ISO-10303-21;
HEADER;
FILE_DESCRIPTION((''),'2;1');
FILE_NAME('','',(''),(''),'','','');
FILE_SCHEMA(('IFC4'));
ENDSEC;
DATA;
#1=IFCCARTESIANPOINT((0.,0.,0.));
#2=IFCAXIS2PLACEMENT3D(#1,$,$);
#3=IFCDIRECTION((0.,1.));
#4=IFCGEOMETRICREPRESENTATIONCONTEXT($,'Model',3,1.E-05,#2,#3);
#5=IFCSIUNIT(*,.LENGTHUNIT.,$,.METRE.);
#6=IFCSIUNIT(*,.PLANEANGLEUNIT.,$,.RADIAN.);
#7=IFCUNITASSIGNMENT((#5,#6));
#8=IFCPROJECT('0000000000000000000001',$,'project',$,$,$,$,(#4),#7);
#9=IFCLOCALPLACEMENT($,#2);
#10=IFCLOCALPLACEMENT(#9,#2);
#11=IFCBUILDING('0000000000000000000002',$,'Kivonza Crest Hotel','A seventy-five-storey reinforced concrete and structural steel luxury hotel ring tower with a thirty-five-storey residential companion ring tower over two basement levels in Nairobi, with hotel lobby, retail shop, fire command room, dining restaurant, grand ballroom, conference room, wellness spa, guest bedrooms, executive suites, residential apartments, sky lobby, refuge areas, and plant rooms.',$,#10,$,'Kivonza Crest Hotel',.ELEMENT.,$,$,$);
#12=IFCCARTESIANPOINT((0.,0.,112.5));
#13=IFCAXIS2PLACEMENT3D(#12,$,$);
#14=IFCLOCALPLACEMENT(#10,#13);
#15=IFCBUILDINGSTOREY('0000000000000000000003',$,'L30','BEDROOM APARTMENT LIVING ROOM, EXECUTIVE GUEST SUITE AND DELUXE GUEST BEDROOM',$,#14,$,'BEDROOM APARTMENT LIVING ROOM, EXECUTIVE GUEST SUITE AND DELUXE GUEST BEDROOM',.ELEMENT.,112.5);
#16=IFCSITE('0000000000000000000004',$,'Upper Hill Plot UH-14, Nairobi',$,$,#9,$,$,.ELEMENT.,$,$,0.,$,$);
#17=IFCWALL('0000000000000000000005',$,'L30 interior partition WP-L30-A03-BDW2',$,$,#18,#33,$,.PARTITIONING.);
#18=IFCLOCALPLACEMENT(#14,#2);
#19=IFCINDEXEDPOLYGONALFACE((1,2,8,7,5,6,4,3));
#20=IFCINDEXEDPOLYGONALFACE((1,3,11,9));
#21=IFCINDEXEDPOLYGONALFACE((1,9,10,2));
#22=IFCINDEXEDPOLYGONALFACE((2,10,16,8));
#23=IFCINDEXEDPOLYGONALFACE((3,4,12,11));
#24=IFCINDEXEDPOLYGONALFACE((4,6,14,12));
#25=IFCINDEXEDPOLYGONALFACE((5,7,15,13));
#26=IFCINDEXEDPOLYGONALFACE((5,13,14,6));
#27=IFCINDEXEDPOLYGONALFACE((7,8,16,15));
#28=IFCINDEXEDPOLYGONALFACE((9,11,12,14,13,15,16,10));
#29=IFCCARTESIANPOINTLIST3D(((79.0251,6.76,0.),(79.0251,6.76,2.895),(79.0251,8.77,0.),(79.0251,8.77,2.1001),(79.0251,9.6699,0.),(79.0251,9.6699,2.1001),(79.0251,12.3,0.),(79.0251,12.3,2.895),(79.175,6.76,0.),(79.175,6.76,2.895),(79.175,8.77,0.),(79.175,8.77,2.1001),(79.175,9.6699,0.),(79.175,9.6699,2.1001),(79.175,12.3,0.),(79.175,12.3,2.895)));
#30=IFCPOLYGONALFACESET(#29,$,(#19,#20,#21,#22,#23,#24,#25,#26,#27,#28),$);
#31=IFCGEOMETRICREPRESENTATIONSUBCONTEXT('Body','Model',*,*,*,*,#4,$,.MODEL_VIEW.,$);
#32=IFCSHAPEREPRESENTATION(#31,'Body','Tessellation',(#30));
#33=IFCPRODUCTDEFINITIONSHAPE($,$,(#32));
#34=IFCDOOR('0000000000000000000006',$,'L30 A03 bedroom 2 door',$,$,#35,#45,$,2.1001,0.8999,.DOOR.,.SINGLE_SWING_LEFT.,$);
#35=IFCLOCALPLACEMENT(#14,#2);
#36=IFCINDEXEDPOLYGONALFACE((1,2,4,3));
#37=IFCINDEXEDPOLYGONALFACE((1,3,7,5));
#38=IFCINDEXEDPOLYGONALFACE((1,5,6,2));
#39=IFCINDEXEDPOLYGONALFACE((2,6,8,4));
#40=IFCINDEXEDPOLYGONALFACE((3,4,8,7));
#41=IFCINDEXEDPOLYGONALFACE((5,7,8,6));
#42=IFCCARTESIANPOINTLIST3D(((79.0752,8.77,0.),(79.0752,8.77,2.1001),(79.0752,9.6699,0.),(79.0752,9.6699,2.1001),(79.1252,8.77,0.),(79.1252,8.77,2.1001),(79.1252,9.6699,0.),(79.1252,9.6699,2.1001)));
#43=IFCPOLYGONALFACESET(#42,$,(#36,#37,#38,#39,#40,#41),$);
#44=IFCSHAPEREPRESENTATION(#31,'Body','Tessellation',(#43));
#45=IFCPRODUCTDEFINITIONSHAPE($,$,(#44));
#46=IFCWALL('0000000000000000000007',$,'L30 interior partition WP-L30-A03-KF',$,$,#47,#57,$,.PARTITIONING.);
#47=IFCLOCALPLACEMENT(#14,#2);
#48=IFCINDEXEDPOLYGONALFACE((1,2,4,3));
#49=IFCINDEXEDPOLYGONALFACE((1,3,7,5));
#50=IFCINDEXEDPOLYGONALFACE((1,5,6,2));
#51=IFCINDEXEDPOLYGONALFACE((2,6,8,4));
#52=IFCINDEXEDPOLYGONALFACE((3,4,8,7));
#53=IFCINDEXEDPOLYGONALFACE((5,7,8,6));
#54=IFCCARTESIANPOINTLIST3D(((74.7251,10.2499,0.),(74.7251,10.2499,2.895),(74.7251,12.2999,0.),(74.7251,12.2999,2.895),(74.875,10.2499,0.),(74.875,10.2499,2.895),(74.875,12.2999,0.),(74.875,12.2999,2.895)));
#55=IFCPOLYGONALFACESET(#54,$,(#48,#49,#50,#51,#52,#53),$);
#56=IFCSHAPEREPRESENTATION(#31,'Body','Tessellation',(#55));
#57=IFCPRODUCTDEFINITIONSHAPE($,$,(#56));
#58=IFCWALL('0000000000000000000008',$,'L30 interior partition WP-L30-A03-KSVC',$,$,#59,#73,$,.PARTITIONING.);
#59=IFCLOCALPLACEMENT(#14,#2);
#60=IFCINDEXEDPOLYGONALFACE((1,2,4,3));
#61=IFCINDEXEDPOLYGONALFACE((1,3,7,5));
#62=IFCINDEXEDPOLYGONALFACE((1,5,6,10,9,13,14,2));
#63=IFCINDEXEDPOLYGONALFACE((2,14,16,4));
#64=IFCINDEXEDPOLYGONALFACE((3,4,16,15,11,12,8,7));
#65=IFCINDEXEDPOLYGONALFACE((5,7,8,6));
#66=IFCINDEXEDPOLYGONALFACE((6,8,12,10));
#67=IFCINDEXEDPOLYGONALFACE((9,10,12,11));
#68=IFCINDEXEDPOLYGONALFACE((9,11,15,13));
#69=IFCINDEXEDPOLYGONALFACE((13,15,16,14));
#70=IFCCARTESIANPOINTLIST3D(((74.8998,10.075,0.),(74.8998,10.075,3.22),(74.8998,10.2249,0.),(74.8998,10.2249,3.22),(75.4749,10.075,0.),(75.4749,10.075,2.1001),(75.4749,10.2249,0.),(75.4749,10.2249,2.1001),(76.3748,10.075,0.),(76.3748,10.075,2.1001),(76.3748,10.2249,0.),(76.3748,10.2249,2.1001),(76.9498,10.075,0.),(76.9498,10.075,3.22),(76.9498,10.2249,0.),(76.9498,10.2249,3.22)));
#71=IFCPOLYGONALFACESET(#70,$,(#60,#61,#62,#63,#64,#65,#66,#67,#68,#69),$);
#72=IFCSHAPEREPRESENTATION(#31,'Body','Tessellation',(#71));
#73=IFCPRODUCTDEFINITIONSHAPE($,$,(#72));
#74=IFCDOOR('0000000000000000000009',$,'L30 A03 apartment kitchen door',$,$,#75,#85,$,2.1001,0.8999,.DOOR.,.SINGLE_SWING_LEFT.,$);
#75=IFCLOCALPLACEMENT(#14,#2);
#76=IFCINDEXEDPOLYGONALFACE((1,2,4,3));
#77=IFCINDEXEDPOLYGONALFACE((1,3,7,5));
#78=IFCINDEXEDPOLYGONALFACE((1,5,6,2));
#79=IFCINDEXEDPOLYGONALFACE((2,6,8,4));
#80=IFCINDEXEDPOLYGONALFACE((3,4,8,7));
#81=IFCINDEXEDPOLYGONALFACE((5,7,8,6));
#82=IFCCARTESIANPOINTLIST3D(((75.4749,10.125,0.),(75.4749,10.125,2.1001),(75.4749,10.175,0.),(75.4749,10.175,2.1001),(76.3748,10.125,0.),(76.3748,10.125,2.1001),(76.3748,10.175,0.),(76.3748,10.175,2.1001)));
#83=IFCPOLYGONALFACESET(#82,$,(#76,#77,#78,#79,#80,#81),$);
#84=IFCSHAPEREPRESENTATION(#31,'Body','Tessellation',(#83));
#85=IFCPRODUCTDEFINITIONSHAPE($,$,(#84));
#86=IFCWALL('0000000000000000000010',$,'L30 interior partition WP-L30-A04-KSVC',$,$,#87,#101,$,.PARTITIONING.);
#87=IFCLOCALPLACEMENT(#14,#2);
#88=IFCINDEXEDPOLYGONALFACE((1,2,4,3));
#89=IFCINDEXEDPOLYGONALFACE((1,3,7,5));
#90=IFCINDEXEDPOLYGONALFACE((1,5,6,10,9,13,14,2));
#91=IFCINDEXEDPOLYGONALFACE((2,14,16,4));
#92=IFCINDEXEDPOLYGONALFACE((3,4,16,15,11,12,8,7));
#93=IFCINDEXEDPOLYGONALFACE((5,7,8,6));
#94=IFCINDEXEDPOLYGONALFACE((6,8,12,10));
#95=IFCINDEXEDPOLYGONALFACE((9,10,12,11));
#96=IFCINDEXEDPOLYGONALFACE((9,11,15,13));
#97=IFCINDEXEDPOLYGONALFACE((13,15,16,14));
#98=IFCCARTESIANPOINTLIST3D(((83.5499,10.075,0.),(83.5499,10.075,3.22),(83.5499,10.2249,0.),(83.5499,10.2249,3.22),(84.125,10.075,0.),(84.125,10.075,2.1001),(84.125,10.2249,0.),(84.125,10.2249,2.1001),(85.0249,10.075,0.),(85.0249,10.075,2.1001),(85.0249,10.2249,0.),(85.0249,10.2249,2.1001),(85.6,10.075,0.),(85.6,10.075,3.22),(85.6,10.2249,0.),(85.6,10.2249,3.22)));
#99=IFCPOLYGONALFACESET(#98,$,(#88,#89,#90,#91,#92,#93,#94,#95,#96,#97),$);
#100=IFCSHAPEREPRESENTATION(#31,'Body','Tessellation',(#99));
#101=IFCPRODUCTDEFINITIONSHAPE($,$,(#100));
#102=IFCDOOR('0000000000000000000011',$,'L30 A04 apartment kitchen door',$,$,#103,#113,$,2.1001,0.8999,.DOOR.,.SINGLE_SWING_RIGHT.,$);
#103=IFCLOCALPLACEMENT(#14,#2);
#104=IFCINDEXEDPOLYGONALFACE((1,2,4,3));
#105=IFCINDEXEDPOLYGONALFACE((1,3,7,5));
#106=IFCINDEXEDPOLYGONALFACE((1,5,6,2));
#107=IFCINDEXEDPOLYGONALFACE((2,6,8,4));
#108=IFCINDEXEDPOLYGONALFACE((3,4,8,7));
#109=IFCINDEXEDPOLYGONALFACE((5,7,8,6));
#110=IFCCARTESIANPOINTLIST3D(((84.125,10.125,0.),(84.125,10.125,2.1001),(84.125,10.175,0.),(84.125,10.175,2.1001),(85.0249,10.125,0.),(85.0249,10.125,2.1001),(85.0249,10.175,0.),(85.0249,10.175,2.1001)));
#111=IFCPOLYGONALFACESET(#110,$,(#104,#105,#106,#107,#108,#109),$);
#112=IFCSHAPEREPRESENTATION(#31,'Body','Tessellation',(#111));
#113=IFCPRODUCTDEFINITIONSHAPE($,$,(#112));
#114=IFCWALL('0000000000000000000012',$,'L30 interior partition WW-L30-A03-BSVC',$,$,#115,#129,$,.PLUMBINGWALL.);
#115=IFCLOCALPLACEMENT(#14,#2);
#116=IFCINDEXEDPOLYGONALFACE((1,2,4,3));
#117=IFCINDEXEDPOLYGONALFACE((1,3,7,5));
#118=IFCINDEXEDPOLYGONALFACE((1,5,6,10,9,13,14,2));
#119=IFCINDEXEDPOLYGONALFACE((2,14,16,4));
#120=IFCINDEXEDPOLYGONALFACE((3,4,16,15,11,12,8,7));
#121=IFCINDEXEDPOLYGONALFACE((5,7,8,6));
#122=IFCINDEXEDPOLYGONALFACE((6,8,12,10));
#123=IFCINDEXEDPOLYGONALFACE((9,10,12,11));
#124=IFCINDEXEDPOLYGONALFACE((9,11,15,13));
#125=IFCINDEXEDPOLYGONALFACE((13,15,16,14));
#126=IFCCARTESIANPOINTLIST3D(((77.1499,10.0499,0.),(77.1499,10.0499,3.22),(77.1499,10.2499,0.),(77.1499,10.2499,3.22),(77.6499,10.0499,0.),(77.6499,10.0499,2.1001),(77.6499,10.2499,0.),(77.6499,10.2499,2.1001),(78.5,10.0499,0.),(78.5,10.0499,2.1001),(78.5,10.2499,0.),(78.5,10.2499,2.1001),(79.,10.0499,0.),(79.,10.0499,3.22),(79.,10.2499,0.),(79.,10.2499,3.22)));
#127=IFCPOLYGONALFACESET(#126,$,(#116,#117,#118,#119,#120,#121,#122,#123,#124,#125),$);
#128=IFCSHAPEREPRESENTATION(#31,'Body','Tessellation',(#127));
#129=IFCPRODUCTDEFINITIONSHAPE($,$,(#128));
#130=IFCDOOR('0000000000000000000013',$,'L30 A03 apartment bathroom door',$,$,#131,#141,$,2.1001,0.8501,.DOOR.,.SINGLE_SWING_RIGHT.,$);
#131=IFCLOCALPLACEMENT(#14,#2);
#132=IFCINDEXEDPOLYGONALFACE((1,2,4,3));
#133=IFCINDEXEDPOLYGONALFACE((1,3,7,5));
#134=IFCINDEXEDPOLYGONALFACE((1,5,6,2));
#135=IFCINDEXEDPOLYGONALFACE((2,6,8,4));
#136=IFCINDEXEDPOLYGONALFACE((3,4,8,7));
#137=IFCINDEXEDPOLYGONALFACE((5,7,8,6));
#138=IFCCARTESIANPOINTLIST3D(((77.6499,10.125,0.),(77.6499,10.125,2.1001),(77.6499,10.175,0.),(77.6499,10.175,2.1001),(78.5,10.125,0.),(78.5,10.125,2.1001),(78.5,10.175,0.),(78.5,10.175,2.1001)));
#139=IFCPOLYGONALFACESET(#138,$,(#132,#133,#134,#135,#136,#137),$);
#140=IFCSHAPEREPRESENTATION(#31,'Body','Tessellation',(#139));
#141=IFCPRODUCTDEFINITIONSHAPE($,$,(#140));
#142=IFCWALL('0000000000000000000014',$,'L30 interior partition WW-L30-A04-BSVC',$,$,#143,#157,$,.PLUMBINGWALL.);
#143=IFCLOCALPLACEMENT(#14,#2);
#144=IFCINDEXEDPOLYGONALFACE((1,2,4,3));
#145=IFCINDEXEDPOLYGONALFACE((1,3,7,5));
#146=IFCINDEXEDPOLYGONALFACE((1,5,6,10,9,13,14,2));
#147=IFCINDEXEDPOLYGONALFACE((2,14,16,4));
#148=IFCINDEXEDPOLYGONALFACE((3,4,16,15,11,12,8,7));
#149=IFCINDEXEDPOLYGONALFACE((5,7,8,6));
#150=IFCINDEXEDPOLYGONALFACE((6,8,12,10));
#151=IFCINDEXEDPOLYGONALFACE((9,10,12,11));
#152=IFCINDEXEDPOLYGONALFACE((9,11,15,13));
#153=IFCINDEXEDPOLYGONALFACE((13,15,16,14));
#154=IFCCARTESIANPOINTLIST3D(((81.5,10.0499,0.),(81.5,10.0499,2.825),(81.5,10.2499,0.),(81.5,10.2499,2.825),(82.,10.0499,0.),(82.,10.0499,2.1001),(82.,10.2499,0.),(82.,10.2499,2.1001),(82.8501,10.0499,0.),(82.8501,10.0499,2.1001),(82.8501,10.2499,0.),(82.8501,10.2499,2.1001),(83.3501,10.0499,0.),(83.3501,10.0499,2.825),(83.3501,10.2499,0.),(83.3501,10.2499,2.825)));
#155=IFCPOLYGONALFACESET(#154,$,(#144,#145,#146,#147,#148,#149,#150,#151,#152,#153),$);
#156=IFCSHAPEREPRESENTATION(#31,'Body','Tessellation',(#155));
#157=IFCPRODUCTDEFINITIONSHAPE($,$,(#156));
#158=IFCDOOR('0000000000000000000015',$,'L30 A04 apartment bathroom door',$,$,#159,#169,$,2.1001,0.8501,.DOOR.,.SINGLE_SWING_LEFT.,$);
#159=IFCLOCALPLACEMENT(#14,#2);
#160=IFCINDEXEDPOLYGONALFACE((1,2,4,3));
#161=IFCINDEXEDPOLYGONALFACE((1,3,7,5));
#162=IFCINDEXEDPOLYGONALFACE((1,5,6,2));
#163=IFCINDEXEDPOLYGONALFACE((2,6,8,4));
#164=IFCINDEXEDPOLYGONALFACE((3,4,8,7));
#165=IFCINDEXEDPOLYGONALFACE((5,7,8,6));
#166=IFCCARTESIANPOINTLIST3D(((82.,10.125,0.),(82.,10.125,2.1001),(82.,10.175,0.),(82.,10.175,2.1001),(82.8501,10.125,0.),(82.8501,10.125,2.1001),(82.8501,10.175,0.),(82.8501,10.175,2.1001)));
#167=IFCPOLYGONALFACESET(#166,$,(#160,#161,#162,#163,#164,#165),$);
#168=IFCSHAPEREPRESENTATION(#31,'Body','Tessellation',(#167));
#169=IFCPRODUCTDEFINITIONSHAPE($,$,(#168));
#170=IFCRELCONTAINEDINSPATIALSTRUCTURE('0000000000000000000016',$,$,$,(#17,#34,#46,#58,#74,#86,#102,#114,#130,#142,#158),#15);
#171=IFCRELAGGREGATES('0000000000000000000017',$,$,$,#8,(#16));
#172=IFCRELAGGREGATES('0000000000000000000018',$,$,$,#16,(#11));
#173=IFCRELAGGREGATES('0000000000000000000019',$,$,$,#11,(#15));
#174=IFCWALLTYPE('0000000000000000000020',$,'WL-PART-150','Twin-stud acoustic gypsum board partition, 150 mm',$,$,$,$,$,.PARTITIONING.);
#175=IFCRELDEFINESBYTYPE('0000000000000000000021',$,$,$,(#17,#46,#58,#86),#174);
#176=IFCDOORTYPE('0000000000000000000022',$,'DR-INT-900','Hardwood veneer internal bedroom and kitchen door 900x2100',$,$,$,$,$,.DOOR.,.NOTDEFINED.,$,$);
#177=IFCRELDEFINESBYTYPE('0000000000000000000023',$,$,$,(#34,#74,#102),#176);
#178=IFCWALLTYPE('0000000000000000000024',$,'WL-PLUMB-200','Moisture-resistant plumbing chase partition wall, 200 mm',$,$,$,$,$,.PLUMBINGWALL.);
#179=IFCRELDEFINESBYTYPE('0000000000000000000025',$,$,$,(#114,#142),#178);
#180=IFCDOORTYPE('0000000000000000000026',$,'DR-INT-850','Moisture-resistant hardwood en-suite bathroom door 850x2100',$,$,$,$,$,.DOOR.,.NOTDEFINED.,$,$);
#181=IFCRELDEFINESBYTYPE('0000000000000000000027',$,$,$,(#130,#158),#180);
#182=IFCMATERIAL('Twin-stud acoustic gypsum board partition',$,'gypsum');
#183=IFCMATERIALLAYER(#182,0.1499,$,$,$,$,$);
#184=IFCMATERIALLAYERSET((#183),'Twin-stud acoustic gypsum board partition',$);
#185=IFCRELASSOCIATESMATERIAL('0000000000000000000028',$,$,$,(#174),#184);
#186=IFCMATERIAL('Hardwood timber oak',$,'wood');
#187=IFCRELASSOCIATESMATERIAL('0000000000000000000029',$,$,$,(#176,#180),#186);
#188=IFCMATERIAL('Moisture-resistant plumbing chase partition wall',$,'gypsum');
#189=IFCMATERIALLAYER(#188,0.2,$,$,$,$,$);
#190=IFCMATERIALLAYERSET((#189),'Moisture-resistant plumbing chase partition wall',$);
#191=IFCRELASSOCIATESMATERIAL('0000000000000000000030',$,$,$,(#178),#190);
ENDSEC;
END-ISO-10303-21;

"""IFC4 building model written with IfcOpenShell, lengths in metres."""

from ifc_helpers import new_model, si_unit, direction, frame, frame_2d, origin, place, context, subcontext, project, spatial, rectangle, extrude, material, layer, layer_set, type_object, element, fill, save


model = new_model("IFC4")

# Units and contexts
model_context = context("Model", 3, precision=1e-05, world=origin(), true_north=direction((0.0, 1.0)))
body_context = subcontext(model_context, "Body", "Model", "MODEL_VIEW")
ifc_project = project(units=[si_unit("LENGTHUNIT", "METRE"), si_unit("PLANEANGLEUNIT", "RADIAN")], contexts=[model_context])

# Site, building, storey
site_placement = place(None, origin())
site = spatial("IfcSite", under=ifc_project, at=site_placement, Name="Upper Hill Plot UH-14, Nairobi", CompositionType="ELEMENT", RefElevation=0.0)
building_placement = place(site_placement, origin())
building = spatial("IfcBuilding", under=site, at=building_placement, Name="Kivonza Crest Hotel", Description="A seventy-five-storey reinforced concrete and structural steel luxury hotel ring tower with a thirty-five-storey residential companion ring tower over two basement levels in Nairobi, with hotel lobby, retail shop, fire command room, dining restaurant, grand ballroom, conference room, wellness spa, guest bedrooms, executive suites, residential apartments, sky lobby, refuge areas, and plant rooms.", LongName="Kivonza Crest Hotel", CompositionType="ELEMENT")
storey_placement = place(building_placement, frame((0.0, 0.0, 112.5)))
storey = spatial("IfcBuildingStorey", under=building, at=storey_placement, Name="L30", Description="BEDROOM APARTMENT LIVING ROOM, EXECUTIVE GUEST SUITE AND DELUXE GUEST BEDROOM", LongName="BEDROOM APARTMENT LIVING ROOM, EXECUTIVE GUEST SUITE AND DELUXE GUEST BEDROOM", CompositionType="ELEMENT", Elevation=112.5)

# Wall, opening, door
ifc_material_1 = material(Name="Twin-stud acoustic gypsum board partition", Category="gypsum")
ifc_layer_1 = layer(ifc_material_1, 0.1499)
ifc_layer_set_1 = layer_set([ifc_layer_1], Name="Twin-stud acoustic gypsum board partition")
wall_type_1 = type_object("IfcWallType", Name="WL-PART-150", Description="Twin-stud acoustic gypsum board partition, 150 mm", PredefinedType="PARTITIONING", material=ifc_layer_set_1)
wall_1_placement = place(storey_placement, frame((79.1001, 6.76, 0.0), z_axis=(0.0, 0.0, 1.0), x_axis=(0.0, 1.0, 0.0)))
wall_1 = element("IfcWall", 1, at=wall_1_placement, inside=storey, type_object=wall_type_1, Name="L30 interior partition WP-L30-A03-BDW2", PredefinedType="PARTITIONING", context=body_context, shape_type="SweptSolid", body=[
    extrude(rectangle(XDim=5.54, YDim=0.1499, at=frame_2d((2.77, 0.0))), origin(), (0.0, 0.0, 1.0), 2.895),
])
opening_1_placement = place(wall_1_placement, frame((2.01, 0.0, 0.0)))
opening_1 = element("IfcOpeningElement", 2, at=opening_1_placement, cuts=wall_1, PredefinedType="OPENING", context=body_context, shape_type="SweptSolid", body=[
    extrude(rectangle(XDim=0.8999, YDim=2.1001, at=frame_2d((0.45, 1.05))), frame((0.0, 0.085, 0.0), z_axis=(0.0, -1.0, 0.0), x_axis=(1.0, 0.0, 0.0)), (0.0, 0.0, 1.0), 0.1699),
])
ifc_material_2 = material(Name="Hardwood timber oak", Category="wood")
door_type_1 = type_object("IfcDoorType", Name="DR-INT-900", Description="Hardwood veneer internal bedroom and kitchen door 900x2100", OperationType="NOTDEFINED", PredefinedType="DOOR", material=ifc_material_2)
door_1_placement = place(opening_1_placement, origin())
door_1 = element("IfcDoor", 3, at=door_1_placement, inside=storey, type_object=door_type_1, Name="L30 A03 bedroom 2 door", OperationType="SINGLE_SWING_LEFT", OverallHeight=2.1001, OverallWidth=0.8999, PredefinedType="DOOR", context=body_context, shape_type="SweptSolid", body=[
    extrude(rectangle(XDim=0.8999, YDim=2.1001, at=frame_2d((0.45, 1.05))), frame((0.0, 0.0249, 0.0), z_axis=(0.0, -1.0, 0.0), x_axis=(1.0, 0.0, 0.0)), (0.0, 0.0, 1.0), 0.05),
])
fill(opening_1, door_1)

# Wall
wall_2_placement = place(storey_placement, frame((74.8, 10.25, 0.0), z_axis=(0.0, 0.0, 1.0), x_axis=(0.0, 1.0, 0.0)))
element("IfcWall", 4, at=wall_2_placement, inside=storey, type_object=wall_type_1, Name="L30 interior partition WP-L30-A03-KF", PredefinedType="PARTITIONING", context=body_context, shape_type="SweptSolid", body=[
    extrude(rectangle(XDim=2.05, YDim=0.1499, at=frame_2d((1.0249, 0.0))), origin(), (0.0, 0.0, 1.0), 2.895),
])

# Walls, openings, doors
wall_3_placement = place(storey_placement, frame((74.8999, 10.1499, 0.0), z_axis=(0.0, 0.0, 1.0), x_axis=(1.0, 0.0, 0.0)))
wall_3 = element("IfcWall", 5, at=wall_3_placement, inside=storey, type_object=wall_type_1, Name="L30 interior partition WP-L30-A03-KSVC", PredefinedType="PARTITIONING", context=body_context, shape_type="SweptSolid", body=[
    extrude(rectangle(XDim=2.05, YDim=0.1499, at=frame_2d((1.0249, 0.0))), origin(), (0.0, 0.0, 1.0), 3.22),
])
opening_2_placement = place(wall_3_placement, frame((0.575, 0.0, 0.0)))
opening_2 = element("IfcOpeningElement", 6, at=opening_2_placement, cuts=wall_3, PredefinedType="OPENING", context=body_context, shape_type="SweptSolid", body=[
    extrude(rectangle(XDim=0.8999, YDim=2.1001, at=frame_2d((0.45, 1.05))), frame((0.0, 0.085, 0.0), z_axis=(0.0, -1.0, 0.0), x_axis=(1.0, 0.0, 0.0)), (0.0, 0.0, 1.0), 0.1699),
])
door_2_placement = place(opening_2_placement, frame((0.8999, 0.0, 0.0), z_axis=(0.0, 0.0, 1.0), x_axis=(-1.0, 0.0, 0.0)))
door_2 = element("IfcDoor", 7, at=door_2_placement, inside=storey, type_object=door_type_1, Name="L30 A03 apartment kitchen door", OperationType="SINGLE_SWING_LEFT", OverallHeight=2.1001, OverallWidth=0.8999, PredefinedType="DOOR", context=body_context, shape_type="SweptSolid", body=[
    extrude(rectangle(XDim=0.8999, YDim=2.1001, at=frame_2d((0.45, 1.05))), frame((0.0, 0.0249, 0.0), z_axis=(0.0, -1.0, 0.0), x_axis=(1.0, 0.0, 0.0)), (0.0, 0.0, 1.0), 0.05),
])
fill(opening_2, door_2)
wall_4_placement = place(storey_placement, frame((83.55, 10.1499, 0.0), z_axis=(0.0, 0.0, 1.0), x_axis=(1.0, 0.0, 0.0)))
wall_4 = element("IfcWall", 8, at=wall_4_placement, inside=storey, type_object=wall_type_1, Name="L30 interior partition WP-L30-A04-KSVC", PredefinedType="PARTITIONING", context=body_context, shape_type="SweptSolid", body=[
    extrude(rectangle(XDim=2.05, YDim=0.1499, at=frame_2d((1.0249, 0.0))), origin(), (0.0, 0.0, 1.0), 3.22),
])
opening_3_placement = place(wall_4_placement, frame((0.575, 0.0, 0.0)))
opening_3 = element("IfcOpeningElement", 9, at=opening_3_placement, cuts=wall_4, PredefinedType="OPENING", context=body_context, shape_type="SweptSolid", body=[
    extrude(rectangle(XDim=0.8999, YDim=2.1001, at=frame_2d((0.45, 1.05))), frame((0.0, 0.085, 0.0), z_axis=(0.0, -1.0, 0.0), x_axis=(1.0, 0.0, 0.0)), (0.0, 0.0, 1.0), 0.1699),
])
door_3_placement = place(opening_3_placement, frame((0.8999, 0.0, 0.0), z_axis=(0.0, 0.0, 1.0), x_axis=(-1.0, 0.0, 0.0)))
door_3 = element("IfcDoor", 10, at=door_3_placement, inside=storey, type_object=door_type_1, Name="L30 A04 apartment kitchen door", OperationType="SINGLE_SWING_RIGHT", OverallHeight=2.1001, OverallWidth=0.8999, PredefinedType="DOOR", context=body_context, shape_type="SweptSolid", body=[
    extrude(rectangle(XDim=0.8999, YDim=2.1001, at=frame_2d((0.45, 1.05))), frame((0.0, 0.0249, 0.0), z_axis=(0.0, -1.0, 0.0), x_axis=(1.0, 0.0, 0.0)), (0.0, 0.0, 1.0), 0.05),
])
fill(opening_3, door_3)
ifc_material_3 = material(Name="Moisture-resistant plumbing chase partition wall", Category="gypsum")
ifc_layer_2 = layer(ifc_material_3, 0.2)
ifc_layer_set_2 = layer_set([ifc_layer_2], Name="Moisture-resistant plumbing chase partition wall")
wall_type_2 = type_object("IfcWallType", Name="WL-PLUMB-200", Description="Moisture-resistant plumbing chase partition wall, 200 mm", PredefinedType="PLUMBINGWALL", material=ifc_layer_set_2)
wall_5_placement = place(storey_placement, frame((77.1499, 10.1499, 0.0), z_axis=(0.0, 0.0, 1.0), x_axis=(1.0, 0.0, 0.0)))
wall_5 = element("IfcWall", 11, at=wall_5_placement, inside=storey, type_object=wall_type_2, Name="L30 interior partition WW-L30-A03-BSVC", PredefinedType="PLUMBINGWALL", context=body_context, shape_type="SweptSolid", body=[
    extrude(rectangle(XDim=1.8501, YDim=0.2, at=frame_2d((0.925, 0.0))), origin(), (0.0, 0.0, 1.0), 3.22),
])
opening_4_placement = place(wall_5_placement, frame((0.5, 0.0, 0.0)))
opening_4 = element("IfcOpeningElement", 12, at=opening_4_placement, cuts=wall_5, PredefinedType="OPENING", context=body_context, shape_type="SweptSolid", body=[
    extrude(rectangle(XDim=0.8501, YDim=2.1001, at=frame_2d((0.425, 1.05))), frame((0.0, 0.1099, 0.0), z_axis=(0.0, -1.0, 0.0), x_axis=(1.0, 0.0, 0.0)), (0.0, 0.0, 1.0), 0.22),
])
door_type_2 = type_object("IfcDoorType", Name="DR-INT-850", Description="Moisture-resistant hardwood en-suite bathroom door 850x2100", OperationType="NOTDEFINED", PredefinedType="DOOR", material=ifc_material_2)
door_4_placement = place(opening_4_placement, frame((0.8501, 0.0, 0.0), z_axis=(0.0, 0.0, 1.0), x_axis=(-1.0, 0.0, 0.0)))
door_4 = element("IfcDoor", 13, at=door_4_placement, inside=storey, type_object=door_type_2, Name="L30 A03 apartment bathroom door", OperationType="SINGLE_SWING_RIGHT", OverallHeight=2.1001, OverallWidth=0.8501, PredefinedType="DOOR", context=body_context, shape_type="SweptSolid", body=[
    extrude(rectangle(XDim=0.8501, YDim=2.1001, at=frame_2d((0.425, 1.05))), frame((0.0, 0.0249, 0.0), z_axis=(0.0, -1.0, 0.0), x_axis=(1.0, 0.0, 0.0)), (0.0, 0.0, 1.0), 0.05),
])
fill(opening_4, door_4)
wall_6_placement = place(storey_placement, frame((81.5, 10.1499, 0.0), z_axis=(0.0, 0.0, 1.0), x_axis=(1.0, 0.0, 0.0)))
wall_6 = element("IfcWall", 14, at=wall_6_placement, inside=storey, type_object=wall_type_2, Name="L30 interior partition WW-L30-A04-BSVC", PredefinedType="PLUMBINGWALL", context=body_context, shape_type="SweptSolid", body=[
    extrude(rectangle(XDim=1.8501, YDim=0.2, at=frame_2d((0.925, 0.0))), origin(), (0.0, 0.0, 1.0), 2.825),
])
opening_5_placement = place(wall_6_placement, frame((0.5, 0.0, 0.0)))
opening_5 = element("IfcOpeningElement", 15, at=opening_5_placement, cuts=wall_6, PredefinedType="OPENING", context=body_context, shape_type="SweptSolid", body=[
    extrude(rectangle(XDim=0.8501, YDim=2.1001, at=frame_2d((0.425, 1.05))), frame((0.0, 0.1099, 0.0), z_axis=(0.0, -1.0, 0.0), x_axis=(1.0, 0.0, 0.0)), (0.0, 0.0, 1.0), 0.22),
])
door_5_placement = place(opening_5_placement, frame((0.8501, 0.0, 0.0), z_axis=(0.0, 0.0, 1.0), x_axis=(-1.0, 0.0, 0.0)))
door_5 = element("IfcDoor", 16, at=door_5_placement, inside=storey, type_object=door_type_2, Name="L30 A04 apartment bathroom door", OperationType="SINGLE_SWING_LEFT", OverallHeight=2.1001, OverallWidth=0.8501, PredefinedType="DOOR", context=body_context, shape_type="SweptSolid", body=[
    extrude(rectangle(XDim=0.8501, YDim=2.1001, at=frame_2d((0.425, 1.05))), frame((0.0, 0.0249, 0.0), z_axis=(0.0, -1.0, 0.0), x_axis=(1.0, 0.0, 0.0)), (0.0, 0.0, 1.0), 0.05),
])
fill(opening_5, door_5)

save(model, "model.ifc")
